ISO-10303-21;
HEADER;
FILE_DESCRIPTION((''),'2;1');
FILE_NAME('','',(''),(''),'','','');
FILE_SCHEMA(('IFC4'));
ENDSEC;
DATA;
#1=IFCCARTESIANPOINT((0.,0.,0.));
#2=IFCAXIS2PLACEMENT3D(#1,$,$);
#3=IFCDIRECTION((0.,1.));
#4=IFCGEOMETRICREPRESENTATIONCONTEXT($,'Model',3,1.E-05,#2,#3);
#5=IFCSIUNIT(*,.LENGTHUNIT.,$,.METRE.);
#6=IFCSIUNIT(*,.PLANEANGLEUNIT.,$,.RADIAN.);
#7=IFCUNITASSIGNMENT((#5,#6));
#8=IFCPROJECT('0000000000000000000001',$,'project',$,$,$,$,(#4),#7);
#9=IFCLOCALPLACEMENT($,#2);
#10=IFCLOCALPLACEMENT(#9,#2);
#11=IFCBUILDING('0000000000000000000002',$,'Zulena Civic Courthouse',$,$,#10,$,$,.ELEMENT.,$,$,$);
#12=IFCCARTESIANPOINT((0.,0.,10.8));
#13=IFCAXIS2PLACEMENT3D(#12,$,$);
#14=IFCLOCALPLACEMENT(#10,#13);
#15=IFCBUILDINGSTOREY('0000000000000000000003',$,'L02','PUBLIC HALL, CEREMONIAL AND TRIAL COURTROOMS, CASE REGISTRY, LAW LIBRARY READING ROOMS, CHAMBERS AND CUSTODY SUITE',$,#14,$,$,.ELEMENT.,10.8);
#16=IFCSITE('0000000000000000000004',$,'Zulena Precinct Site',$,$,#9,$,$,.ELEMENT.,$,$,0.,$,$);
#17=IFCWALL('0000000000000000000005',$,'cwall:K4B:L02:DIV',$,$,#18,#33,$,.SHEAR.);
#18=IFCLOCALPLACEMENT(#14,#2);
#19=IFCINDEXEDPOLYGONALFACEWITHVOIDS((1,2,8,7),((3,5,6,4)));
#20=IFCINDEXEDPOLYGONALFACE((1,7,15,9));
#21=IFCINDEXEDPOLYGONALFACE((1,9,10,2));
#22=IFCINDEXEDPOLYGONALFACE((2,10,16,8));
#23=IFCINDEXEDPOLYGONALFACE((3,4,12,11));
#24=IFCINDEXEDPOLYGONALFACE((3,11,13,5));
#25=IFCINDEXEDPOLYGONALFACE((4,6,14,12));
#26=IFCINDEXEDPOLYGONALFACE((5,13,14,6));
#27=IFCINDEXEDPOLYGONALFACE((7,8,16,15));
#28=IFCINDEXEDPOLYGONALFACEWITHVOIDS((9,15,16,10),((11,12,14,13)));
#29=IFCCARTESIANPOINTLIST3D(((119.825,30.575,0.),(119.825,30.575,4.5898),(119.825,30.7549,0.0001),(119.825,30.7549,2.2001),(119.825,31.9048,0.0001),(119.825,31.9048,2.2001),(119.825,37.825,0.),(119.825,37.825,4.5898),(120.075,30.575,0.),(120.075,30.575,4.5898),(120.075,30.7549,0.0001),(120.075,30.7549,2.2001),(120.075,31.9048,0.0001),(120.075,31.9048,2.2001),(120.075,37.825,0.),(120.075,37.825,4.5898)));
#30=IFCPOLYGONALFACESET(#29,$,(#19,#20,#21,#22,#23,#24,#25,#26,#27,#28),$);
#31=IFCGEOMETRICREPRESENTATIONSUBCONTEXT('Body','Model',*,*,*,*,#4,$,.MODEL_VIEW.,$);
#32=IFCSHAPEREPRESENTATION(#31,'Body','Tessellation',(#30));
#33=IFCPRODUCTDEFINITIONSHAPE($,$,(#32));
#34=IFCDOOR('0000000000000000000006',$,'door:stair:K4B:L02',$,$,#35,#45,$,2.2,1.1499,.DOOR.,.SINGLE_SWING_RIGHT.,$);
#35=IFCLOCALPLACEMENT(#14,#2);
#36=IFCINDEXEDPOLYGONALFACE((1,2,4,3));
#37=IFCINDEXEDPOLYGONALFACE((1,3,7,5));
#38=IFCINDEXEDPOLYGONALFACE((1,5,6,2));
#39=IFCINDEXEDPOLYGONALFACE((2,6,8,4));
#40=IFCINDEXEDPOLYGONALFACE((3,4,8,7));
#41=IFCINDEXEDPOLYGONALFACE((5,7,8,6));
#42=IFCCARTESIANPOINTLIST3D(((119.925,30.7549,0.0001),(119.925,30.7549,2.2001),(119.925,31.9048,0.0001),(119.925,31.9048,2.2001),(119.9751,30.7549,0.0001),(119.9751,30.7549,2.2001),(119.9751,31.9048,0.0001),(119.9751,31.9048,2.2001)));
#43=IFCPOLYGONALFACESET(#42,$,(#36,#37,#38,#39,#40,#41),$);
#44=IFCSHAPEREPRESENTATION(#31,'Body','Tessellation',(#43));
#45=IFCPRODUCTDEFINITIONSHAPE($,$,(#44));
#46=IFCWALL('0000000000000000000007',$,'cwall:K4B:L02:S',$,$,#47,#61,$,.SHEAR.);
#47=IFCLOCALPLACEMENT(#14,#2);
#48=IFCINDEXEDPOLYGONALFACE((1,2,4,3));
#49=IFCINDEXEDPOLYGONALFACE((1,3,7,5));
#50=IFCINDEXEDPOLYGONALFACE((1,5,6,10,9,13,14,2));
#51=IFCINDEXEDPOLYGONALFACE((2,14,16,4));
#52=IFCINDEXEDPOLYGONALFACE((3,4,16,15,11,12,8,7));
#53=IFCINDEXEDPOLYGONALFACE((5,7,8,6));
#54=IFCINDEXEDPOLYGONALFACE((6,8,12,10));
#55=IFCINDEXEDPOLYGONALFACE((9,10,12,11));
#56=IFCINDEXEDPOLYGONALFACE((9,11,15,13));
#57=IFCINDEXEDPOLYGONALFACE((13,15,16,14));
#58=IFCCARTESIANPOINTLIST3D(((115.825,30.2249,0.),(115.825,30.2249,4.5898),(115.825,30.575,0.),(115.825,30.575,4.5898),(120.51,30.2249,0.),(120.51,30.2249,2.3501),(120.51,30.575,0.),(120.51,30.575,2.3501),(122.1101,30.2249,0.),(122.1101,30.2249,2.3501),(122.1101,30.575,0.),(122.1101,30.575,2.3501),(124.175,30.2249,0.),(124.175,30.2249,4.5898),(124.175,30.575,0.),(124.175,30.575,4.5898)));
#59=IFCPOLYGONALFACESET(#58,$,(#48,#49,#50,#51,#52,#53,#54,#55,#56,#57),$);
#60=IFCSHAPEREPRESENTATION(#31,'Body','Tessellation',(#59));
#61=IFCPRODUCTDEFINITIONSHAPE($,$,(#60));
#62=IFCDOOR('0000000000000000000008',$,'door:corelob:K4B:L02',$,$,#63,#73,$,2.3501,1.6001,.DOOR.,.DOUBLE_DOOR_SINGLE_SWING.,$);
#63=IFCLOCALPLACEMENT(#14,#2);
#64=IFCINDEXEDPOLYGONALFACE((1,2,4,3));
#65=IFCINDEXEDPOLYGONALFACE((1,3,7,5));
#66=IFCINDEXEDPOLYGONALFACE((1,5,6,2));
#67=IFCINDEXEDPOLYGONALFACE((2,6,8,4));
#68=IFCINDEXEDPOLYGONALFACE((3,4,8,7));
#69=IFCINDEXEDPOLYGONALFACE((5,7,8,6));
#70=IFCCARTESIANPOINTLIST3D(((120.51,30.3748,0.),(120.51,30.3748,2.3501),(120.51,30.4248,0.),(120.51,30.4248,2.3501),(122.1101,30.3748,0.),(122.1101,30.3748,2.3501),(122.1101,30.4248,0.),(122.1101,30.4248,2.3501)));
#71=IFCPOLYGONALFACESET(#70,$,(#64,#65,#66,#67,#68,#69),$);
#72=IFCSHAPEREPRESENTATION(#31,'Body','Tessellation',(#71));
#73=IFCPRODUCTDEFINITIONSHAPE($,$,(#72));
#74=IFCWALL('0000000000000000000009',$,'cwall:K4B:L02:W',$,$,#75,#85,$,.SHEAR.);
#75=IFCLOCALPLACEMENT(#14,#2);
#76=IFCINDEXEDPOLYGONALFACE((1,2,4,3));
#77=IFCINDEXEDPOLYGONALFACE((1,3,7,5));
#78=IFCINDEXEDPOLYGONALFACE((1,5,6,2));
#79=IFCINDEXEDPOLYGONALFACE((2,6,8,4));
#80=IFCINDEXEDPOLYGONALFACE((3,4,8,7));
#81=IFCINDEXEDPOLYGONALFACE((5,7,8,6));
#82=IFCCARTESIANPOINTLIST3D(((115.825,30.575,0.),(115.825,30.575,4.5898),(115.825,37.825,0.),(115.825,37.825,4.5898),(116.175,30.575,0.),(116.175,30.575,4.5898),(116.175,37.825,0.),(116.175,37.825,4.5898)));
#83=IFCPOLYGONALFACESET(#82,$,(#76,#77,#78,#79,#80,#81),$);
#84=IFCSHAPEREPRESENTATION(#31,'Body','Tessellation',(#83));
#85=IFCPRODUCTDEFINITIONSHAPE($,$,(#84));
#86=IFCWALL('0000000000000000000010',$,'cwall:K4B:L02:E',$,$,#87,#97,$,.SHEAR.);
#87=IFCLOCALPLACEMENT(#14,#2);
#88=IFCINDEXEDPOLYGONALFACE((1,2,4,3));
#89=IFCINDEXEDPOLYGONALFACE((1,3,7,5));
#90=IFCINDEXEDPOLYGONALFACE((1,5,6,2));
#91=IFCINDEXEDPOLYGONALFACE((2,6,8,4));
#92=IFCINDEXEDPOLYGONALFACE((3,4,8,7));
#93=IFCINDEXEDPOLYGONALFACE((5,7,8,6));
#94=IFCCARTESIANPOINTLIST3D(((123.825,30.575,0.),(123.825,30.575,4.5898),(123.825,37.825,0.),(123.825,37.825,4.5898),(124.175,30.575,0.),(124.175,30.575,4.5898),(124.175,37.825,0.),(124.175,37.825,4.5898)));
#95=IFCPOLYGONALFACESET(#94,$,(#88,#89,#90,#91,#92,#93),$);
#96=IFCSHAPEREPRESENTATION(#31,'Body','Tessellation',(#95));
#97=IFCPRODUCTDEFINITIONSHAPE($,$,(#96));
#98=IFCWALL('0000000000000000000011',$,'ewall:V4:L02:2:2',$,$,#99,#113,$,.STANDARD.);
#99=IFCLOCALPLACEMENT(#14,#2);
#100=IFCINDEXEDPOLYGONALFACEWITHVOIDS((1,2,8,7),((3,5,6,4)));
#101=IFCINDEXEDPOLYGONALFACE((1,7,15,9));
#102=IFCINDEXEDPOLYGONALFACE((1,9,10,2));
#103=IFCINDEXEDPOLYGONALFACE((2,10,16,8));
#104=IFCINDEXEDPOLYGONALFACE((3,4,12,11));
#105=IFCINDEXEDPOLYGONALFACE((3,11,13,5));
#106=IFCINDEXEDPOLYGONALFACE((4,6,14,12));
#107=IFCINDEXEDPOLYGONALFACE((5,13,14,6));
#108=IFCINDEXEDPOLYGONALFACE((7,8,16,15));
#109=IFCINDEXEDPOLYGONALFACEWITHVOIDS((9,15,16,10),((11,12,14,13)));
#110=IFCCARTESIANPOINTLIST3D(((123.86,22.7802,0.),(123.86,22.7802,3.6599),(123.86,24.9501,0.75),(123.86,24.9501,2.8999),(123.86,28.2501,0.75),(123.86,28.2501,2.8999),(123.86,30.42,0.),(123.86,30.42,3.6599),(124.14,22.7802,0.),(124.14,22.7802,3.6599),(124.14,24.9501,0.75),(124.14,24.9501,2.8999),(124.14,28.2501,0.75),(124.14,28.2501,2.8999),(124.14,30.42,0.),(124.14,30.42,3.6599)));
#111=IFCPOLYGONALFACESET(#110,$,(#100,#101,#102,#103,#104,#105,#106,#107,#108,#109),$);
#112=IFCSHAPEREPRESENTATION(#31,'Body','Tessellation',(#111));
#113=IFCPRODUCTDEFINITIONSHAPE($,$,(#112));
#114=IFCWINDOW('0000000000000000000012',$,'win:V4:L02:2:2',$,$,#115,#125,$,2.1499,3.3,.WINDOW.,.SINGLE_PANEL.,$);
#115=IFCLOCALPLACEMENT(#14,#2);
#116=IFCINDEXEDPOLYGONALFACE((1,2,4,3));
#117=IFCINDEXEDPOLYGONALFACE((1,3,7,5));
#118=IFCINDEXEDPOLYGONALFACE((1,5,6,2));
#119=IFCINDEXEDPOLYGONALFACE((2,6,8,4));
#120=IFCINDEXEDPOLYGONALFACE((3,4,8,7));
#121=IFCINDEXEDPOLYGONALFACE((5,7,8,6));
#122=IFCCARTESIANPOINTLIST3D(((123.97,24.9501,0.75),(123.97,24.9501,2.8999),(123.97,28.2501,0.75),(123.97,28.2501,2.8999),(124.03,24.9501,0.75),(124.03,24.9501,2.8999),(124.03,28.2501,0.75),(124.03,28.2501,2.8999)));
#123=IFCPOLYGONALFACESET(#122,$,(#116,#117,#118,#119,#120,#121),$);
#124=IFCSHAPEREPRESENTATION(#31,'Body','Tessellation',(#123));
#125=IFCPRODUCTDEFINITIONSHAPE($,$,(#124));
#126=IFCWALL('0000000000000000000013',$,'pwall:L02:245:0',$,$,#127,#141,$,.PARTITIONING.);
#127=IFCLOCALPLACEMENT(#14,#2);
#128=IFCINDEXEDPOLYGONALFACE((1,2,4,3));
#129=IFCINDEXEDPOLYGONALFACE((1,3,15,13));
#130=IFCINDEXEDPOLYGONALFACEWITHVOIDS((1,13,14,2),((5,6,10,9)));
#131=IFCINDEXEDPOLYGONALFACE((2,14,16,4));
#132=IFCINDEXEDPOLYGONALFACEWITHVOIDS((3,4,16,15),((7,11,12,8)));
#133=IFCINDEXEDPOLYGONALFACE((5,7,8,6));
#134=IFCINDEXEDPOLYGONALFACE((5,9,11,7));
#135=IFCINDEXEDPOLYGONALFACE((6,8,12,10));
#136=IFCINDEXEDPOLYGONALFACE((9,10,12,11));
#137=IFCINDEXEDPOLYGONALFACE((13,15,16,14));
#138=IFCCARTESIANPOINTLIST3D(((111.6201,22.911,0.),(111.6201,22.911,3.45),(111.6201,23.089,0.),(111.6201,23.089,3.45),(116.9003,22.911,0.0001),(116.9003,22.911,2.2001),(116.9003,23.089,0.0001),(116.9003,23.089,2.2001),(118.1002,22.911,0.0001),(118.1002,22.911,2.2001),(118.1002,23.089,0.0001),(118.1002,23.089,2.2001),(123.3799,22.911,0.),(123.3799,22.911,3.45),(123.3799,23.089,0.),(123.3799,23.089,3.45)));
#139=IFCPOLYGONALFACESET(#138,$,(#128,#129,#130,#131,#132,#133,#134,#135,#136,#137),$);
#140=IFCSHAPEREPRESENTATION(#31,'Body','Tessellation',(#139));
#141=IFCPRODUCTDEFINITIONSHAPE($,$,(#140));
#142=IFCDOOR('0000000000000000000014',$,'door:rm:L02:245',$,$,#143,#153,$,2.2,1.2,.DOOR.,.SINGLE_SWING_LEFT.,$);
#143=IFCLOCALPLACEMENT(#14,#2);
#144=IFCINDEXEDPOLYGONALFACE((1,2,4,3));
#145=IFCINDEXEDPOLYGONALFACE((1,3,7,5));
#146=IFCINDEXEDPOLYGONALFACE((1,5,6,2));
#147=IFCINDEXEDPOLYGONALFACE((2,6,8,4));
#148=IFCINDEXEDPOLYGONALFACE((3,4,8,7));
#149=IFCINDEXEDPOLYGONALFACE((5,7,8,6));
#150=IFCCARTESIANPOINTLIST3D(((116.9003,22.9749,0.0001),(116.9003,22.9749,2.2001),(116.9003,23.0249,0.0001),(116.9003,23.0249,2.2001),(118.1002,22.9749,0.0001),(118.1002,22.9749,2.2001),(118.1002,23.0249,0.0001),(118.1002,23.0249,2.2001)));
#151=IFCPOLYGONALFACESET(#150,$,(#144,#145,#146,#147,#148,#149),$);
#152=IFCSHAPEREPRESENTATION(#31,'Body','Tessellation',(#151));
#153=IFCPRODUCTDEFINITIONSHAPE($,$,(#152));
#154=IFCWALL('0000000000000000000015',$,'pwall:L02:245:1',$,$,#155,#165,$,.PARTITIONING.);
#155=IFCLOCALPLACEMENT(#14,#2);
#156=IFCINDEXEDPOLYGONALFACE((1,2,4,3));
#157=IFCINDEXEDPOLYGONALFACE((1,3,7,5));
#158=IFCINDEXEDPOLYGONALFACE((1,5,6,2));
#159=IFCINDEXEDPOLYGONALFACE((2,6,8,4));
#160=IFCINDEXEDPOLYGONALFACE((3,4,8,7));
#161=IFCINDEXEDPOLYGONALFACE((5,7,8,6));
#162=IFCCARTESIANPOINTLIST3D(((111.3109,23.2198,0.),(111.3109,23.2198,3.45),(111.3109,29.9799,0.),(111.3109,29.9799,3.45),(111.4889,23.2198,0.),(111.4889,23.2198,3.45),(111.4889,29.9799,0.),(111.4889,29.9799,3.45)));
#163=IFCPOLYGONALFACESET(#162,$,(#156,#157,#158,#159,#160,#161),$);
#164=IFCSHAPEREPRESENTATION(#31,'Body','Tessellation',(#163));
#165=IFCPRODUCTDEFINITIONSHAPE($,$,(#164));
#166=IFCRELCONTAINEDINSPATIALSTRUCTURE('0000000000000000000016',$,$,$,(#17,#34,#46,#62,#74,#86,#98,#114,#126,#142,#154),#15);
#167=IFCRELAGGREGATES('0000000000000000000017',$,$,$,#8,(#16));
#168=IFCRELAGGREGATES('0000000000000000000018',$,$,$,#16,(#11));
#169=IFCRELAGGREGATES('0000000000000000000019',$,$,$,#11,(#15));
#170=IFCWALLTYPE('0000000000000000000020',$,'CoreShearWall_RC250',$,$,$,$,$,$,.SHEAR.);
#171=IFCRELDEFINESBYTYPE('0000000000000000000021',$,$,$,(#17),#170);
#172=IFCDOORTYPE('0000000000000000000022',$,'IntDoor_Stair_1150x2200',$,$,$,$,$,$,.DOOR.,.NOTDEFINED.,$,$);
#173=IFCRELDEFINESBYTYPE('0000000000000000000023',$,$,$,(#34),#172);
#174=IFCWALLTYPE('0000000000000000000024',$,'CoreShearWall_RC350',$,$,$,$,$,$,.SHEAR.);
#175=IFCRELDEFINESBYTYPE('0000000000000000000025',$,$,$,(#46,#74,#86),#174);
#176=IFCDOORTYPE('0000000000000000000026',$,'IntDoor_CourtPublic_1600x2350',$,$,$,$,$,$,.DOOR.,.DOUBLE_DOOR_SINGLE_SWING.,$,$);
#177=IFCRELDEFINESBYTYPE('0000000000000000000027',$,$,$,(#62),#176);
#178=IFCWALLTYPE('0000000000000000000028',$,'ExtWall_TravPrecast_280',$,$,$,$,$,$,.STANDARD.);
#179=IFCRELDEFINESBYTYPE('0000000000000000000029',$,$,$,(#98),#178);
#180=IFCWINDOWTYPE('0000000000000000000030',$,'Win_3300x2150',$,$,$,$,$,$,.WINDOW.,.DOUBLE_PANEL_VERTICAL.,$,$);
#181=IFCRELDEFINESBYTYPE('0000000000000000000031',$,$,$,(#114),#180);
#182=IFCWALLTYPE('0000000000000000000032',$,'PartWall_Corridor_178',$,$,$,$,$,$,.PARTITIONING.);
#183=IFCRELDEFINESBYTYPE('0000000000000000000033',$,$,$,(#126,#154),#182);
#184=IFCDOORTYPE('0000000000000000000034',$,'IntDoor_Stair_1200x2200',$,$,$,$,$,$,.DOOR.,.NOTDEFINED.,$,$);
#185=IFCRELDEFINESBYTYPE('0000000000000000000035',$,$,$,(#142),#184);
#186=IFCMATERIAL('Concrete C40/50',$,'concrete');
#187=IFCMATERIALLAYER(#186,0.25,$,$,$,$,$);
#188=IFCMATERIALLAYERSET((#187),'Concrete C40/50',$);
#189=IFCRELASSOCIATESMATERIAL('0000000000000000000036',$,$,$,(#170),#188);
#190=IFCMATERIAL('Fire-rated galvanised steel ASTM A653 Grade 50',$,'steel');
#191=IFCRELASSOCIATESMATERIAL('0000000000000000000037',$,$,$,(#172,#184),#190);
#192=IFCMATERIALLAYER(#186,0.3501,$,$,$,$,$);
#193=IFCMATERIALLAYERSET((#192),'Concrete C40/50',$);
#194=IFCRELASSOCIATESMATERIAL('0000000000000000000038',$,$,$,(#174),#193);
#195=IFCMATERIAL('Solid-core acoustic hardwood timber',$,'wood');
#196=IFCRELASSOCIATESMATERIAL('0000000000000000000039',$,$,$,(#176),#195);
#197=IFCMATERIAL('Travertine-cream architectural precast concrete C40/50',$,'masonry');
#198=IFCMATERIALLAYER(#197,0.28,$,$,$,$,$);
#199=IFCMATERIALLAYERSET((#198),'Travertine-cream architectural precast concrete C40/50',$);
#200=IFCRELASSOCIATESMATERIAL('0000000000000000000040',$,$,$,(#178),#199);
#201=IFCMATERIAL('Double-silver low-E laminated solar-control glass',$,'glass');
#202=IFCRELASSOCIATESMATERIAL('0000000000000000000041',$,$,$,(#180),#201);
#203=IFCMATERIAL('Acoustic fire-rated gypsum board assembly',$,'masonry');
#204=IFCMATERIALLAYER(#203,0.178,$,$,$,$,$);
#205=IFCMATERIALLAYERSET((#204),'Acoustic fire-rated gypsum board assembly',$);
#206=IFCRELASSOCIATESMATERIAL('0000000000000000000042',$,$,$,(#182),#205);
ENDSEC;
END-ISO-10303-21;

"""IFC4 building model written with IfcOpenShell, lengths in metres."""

from ifc_helpers import new_model, si_unit, direction, frame, frame_2d, origin, place, context, subcontext, project, spatial, rectangle, extrude, material, layer, layer_set, type_object, element, fill, save


model = new_model("IFC4")

# Units and contexts
model_context = context("Model", 3, precision=1e-05, world=origin(), true_north=direction((0.0, 1.0)))
body_context = subcontext(model_context, "Body", "Model", "MODEL_VIEW")
ifc_project = project(units=[si_unit("LENGTHUNIT", "METRE"), si_unit("PLANEANGLEUNIT", "RADIAN")], contexts=[model_context])

# Site, building, storey
site_placement = place(None, origin())
site = spatial("IfcSite", under=ifc_project, at=site_placement, Name="Zulena Precinct Site", CompositionType="ELEMENT", RefElevation=0.0)
building_placement = place(site_placement, origin())
building = spatial("IfcBuilding", under=site, at=building_placement, Name="Zulena Civic Courthouse", CompositionType="ELEMENT")
storey_placement = place(building_placement, frame((0.0, 0.0, 10.8)))
storey = spatial("IfcBuildingStorey", under=building, at=storey_placement, Name="L02", Description="PUBLIC HALL, CEREMONIAL AND TRIAL COURTROOMS, CASE REGISTRY, LAW LIBRARY READING ROOMS, CHAMBERS AND CUSTODY SUITE", CompositionType="ELEMENT", Elevation=10.8)

# Walls, openings, doors
ifc_material_1 = material(Name="Concrete C40/50", Category="concrete")
ifc_layer_1 = layer(ifc_material_1, 0.25)
ifc_layer_set_1 = layer_set([ifc_layer_1], Name="Concrete C40/50")
wall_type_1 = type_object("IfcWallType", Name="CoreShearWall_RC250", PredefinedType="SHEAR", material=ifc_layer_set_1)
wall_1_placement = place(storey_placement, frame((119.95, 30.575, 0.0), z_axis=(0.0, 0.0, 1.0), x_axis=(0.0, 1.0, 0.0)))
wall_1 = element("IfcWall", 1, at=wall_1_placement, inside=storey, type_object=wall_type_1, Name="cwall:K4B:L02:DIV", PredefinedType="SHEAR", context=body_context, shape_type="SweptSolid", body=[
    extrude(rectangle(XDim=7.25, YDim=0.25, at=frame_2d((3.625, 0.0))), origin(), (0.0, 0.0, 1.0), 4.5898),
])
opening_1_placement = place(wall_1_placement, frame((0.1799, 0.0, 0.0)))
opening_1 = element("IfcOpeningElement", 2, at=opening_1_placement, cuts=wall_1, PredefinedType="OPENING", context=body_context, shape_type="SweptSolid", body=[
    extrude(rectangle(XDim=1.1499, YDim=2.2, at=frame_2d((0.575, 1.1001))), frame((0.0, 0.135, 0.0), z_axis=(0.0, -1.0, 0.0), x_axis=(1.0, 0.0, 0.0)), (0.0, 0.0, 1.0), 0.27),
])
ifc_material_2 = material(Name="Fire-rated galvanised steel ASTM A653 Grade 50", Category="steel")
door_type_1 = type_object("IfcDoorType", Name="IntDoor_Stair_1150x2200", OperationType="NOTDEFINED", PredefinedType="DOOR", material=ifc_material_2)
door_1_placement = place(opening_1_placement, origin())
door_1 = element("IfcDoor", 3, at=door_1_placement, inside=storey, type_object=door_type_1, Name="door:stair:K4B:L02", OperationType="SINGLE_SWING_RIGHT", OverallHeight=2.2, OverallWidth=1.1499, PredefinedType="DOOR", context=body_context, shape_type="SweptSolid", body=[
    extrude(rectangle(XDim=1.1499, YDim=2.2, at=frame_2d((0.575, 1.1001))), frame((0.0, 0.0249, 0.0), z_axis=(0.0, -1.0, 0.0), x_axis=(1.0, 0.0, 0.0)), (0.0, 0.0, 1.0), 0.05),
])
fill(opening_1, door_1)
ifc_layer_2 = layer(ifc_material_1, 0.3501)
ifc_layer_set_2 = layer_set([ifc_layer_2], Name="Concrete C40/50")
wall_type_2 = type_object("IfcWallType", Name="CoreShearWall_RC350", PredefinedType="SHEAR", material=ifc_layer_set_2)
wall_2_placement = place(storey_placement, frame((115.825, 30.3999, 0.0), z_axis=(0.0, 0.0, 1.0), x_axis=(1.0, 0.0, 0.0)))
wall_2 = element("IfcWall", 4, at=wall_2_placement, inside=storey, type_object=wall_type_2, Name="cwall:K4B:L02:S", PredefinedType="SHEAR", context=body_context, shape_type="SweptSolid", body=[
    extrude(rectangle(XDim=8.3501, YDim=0.3501, at=frame_2d((4.175, 0.0))), origin(), (0.0, 0.0, 1.0), 4.5898),
])
opening_2_placement = place(wall_2_placement, frame((4.6851, 0.0, 0.0)))
opening_2 = element("IfcOpeningElement", 5, at=opening_2_placement, cuts=wall_2, PredefinedType="OPENING", context=body_context, shape_type="SweptSolid", body=[
    extrude(rectangle(XDim=1.6001, YDim=2.3501, at=frame_2d((0.8, 1.175))), frame((0.0, 0.1851, 0.0), z_axis=(0.0, -1.0, 0.0), x_axis=(1.0, 0.0, 0.0)), (0.0, 0.0, 1.0), 0.3701),
])
ifc_material_3 = material(Name="Solid-core acoustic hardwood timber", Category="wood")
door_type_2 = type_object("IfcDoorType", Name="IntDoor_CourtPublic_1600x2350", OperationType="DOUBLE_DOOR_SINGLE_SWING", PredefinedType="DOOR", material=ifc_material_3)
door_2_placement = place(opening_2_placement, origin())
door_2 = element("IfcDoor", 6, at=door_2_placement, inside=storey, type_object=door_type_2, Name="door:corelob:K4B:L02", OperationType="DOUBLE_DOOR_SINGLE_SWING", OverallHeight=2.3501, OverallWidth=1.6001, PredefinedType="DOOR", context=body_context, shape_type="SweptSolid", body=[
    extrude(rectangle(XDim=1.6001, YDim=2.3501, at=frame_2d((0.8, 1.175))), frame((0.0, 0.0249, 0.0), z_axis=(0.0, -1.0, 0.0), x_axis=(1.0, 0.0, 0.0)), (0.0, 0.0, 1.0), 0.05),
])
fill(opening_2, door_2)

# Walls
for number, where, z_axis, x_axis, name in (
    (7, (116.0, 30.575, 0.0), (0.0, 0.0, 1.0), (0.0, 1.0, 0.0), "cwall:K4B:L02:W"),
    (8, (124.0, 30.575, 0.0), (0.0, 0.0, 1.0), (0.0, 1.0, 0.0), "cwall:K4B:L02:E"),
):
    element("IfcWall", number, at=place(storey_placement, frame(where, z_axis=z_axis, x_axis=x_axis)), inside=storey, type_object=wall_type_2, Name=name, PredefinedType="SHEAR", context=body_context, shape_type="SweptSolid", body=[
        extrude(rectangle(XDim=7.25, YDim=0.3501, at=frame_2d((3.625, 0.0))), origin(), (0.0, 0.0, 1.0), 4.5898),
    ])

# Wall, opening, window
ifc_material_4 = material(Name="Travertine-cream architectural precast concrete C40/50", Category="masonry")
ifc_layer_3 = layer(ifc_material_4, 0.28)
ifc_layer_set_3 = layer_set([ifc_layer_3], Name="Travertine-cream architectural precast concrete C40/50")
wall_type_3 = type_object("IfcWallType", Name="ExtWall_TravPrecast_280", PredefinedType="STANDARD", material=ifc_layer_set_3)
wall_3_placement = place(storey_placement, frame((124.0, 30.4199, 0.0), z_axis=(0.0, 0.0, 1.0), x_axis=(0.0, -1.0, 0.0)))
wall_3 = element("IfcWall", 9, at=wall_3_placement, inside=storey, type_object=wall_type_3, Name="ewall:V4:L02:2:2", PredefinedType="STANDARD", context=body_context, shape_type="SweptSolid", body=[
    extrude(rectangle(XDim=7.6399, YDim=0.28, at=frame_2d((3.8198, 0.0))), origin(), (0.0, 0.0, 1.0), 3.6599),
])
opening_3_placement = place(wall_3_placement, frame((2.1699, 0.0, 0.75)))
opening_3 = element("IfcOpeningElement", 10, at=opening_3_placement, cuts=wall_3, PredefinedType="OPENING", context=body_context, shape_type="SweptSolid", body=[
    extrude(rectangle(XDim=3.3, YDim=2.1499, at=frame_2d((1.6499, 1.075))), frame((0.0, 0.1499, 0.0), z_axis=(0.0, -1.0, 0.0), x_axis=(1.0, 0.0, 0.0)), (0.0, 0.0, 1.0), 0.3),
])
ifc_material_5 = material(Name="Double-silver low-E laminated solar-control glass", Category="glass")
window_type = type_object("IfcWindowType", Name="Win_3300x2150", PartitioningType="DOUBLE_PANEL_VERTICAL", PredefinedType="WINDOW", material=ifc_material_5)
window_placement = place(opening_3_placement, origin())
window = element("IfcWindow", 11, at=window_placement, inside=storey, type_object=window_type, Name="win:V4:L02:2:2", OverallHeight=2.1499, OverallWidth=3.3, PartitioningType="SINGLE_PANEL", PredefinedType="WINDOW", context=body_context, shape_type="SweptSolid", body=[
    extrude(rectangle(XDim=3.3, YDim=2.1499, at=frame_2d((1.6499, 1.075))), frame((0.0, 0.03, 0.0), z_axis=(0.0, -1.0, 0.0), x_axis=(1.0, 0.0, 0.0)), (0.0, 0.0, 1.0), 0.0601),
])
fill(opening_3, window)

# Wall, opening, door
ifc_material_6 = material(Name="Acoustic fire-rated gypsum board assembly", Category="masonry")
ifc_layer_4 = layer(ifc_material_6, 0.178)
ifc_layer_set_4 = layer_set([ifc_layer_4], Name="Acoustic fire-rated gypsum board assembly")
wall_type_4 = type_object("IfcWallType", Name="PartWall_Corridor_178", PredefinedType="PARTITIONING", material=ifc_layer_set_4)
wall_4_placement = place(storey_placement, frame((111.6201, 23.0, 0.0), z_axis=(0.0, 0.0, 1.0), x_axis=(1.0, 0.0, 0.0)))
wall_4 = element("IfcWall", 12, at=wall_4_placement, inside=storey, type_object=wall_type_4, Name="pwall:L02:245:0", PredefinedType="PARTITIONING", context=body_context, shape_type="SweptSolid", body=[
    extrude(rectangle(XDim=11.7598, YDim=0.178, at=frame_2d((5.8799, 0.0))), origin(), (0.0, 0.0, 1.0), 3.45),
])
opening_4_placement = place(wall_4_placement, frame((5.28, 0.0, 0.0)))
opening_4 = element("IfcOpeningElement", 13, at=opening_4_placement, cuts=wall_4, PredefinedType="OPENING", context=body_context, shape_type="SweptSolid", body=[
    extrude(rectangle(XDim=1.2, YDim=2.2, at=frame_2d((0.6001, 1.1001))), frame((0.0, 0.0989, 0.0), z_axis=(0.0, -1.0, 0.0), x_axis=(1.0, 0.0, 0.0)), (0.0, 0.0, 1.0), 0.198),
])
door_type_3 = type_object("IfcDoorType", Name="IntDoor_Stair_1200x2200", OperationType="NOTDEFINED", PredefinedType="DOOR", material=ifc_material_2)
door_3_placement = place(opening_4_placement, origin())
door_3 = element("IfcDoor", 14, at=door_3_placement, inside=storey, type_object=door_type_3, Name="door:rm:L02:245", OperationType="SINGLE_SWING_LEFT", OverallHeight=2.2, OverallWidth=1.2, PredefinedType="DOOR", context=body_context, shape_type="SweptSolid", body=[
    extrude(rectangle(XDim=1.2, YDim=2.2, at=frame_2d((0.6001, 1.1001))), frame((0.0, 0.0249, 0.0), z_axis=(0.0, -1.0, 0.0), x_axis=(1.0, 0.0, 0.0)), (0.0, 0.0, 1.0), 0.05),
])
fill(opening_4, door_3)

# Wall
wall_5_placement = place(storey_placement, frame((111.3999, 23.22, 0.0), z_axis=(0.0, 0.0, 1.0), x_axis=(0.0, 1.0, 0.0)))
element("IfcWall", 15, at=wall_5_placement, inside=storey, type_object=wall_type_4, Name="pwall:L02:245:1", PredefinedType="PARTITIONING", context=body_context, shape_type="SweptSolid", body=[
    extrude(rectangle(XDim=6.76, YDim=0.178, at=frame_2d((3.3799, 0.0))), origin(), (0.0, 0.0, 1.0), 3.45),
])

save(model, "model.ifc")
